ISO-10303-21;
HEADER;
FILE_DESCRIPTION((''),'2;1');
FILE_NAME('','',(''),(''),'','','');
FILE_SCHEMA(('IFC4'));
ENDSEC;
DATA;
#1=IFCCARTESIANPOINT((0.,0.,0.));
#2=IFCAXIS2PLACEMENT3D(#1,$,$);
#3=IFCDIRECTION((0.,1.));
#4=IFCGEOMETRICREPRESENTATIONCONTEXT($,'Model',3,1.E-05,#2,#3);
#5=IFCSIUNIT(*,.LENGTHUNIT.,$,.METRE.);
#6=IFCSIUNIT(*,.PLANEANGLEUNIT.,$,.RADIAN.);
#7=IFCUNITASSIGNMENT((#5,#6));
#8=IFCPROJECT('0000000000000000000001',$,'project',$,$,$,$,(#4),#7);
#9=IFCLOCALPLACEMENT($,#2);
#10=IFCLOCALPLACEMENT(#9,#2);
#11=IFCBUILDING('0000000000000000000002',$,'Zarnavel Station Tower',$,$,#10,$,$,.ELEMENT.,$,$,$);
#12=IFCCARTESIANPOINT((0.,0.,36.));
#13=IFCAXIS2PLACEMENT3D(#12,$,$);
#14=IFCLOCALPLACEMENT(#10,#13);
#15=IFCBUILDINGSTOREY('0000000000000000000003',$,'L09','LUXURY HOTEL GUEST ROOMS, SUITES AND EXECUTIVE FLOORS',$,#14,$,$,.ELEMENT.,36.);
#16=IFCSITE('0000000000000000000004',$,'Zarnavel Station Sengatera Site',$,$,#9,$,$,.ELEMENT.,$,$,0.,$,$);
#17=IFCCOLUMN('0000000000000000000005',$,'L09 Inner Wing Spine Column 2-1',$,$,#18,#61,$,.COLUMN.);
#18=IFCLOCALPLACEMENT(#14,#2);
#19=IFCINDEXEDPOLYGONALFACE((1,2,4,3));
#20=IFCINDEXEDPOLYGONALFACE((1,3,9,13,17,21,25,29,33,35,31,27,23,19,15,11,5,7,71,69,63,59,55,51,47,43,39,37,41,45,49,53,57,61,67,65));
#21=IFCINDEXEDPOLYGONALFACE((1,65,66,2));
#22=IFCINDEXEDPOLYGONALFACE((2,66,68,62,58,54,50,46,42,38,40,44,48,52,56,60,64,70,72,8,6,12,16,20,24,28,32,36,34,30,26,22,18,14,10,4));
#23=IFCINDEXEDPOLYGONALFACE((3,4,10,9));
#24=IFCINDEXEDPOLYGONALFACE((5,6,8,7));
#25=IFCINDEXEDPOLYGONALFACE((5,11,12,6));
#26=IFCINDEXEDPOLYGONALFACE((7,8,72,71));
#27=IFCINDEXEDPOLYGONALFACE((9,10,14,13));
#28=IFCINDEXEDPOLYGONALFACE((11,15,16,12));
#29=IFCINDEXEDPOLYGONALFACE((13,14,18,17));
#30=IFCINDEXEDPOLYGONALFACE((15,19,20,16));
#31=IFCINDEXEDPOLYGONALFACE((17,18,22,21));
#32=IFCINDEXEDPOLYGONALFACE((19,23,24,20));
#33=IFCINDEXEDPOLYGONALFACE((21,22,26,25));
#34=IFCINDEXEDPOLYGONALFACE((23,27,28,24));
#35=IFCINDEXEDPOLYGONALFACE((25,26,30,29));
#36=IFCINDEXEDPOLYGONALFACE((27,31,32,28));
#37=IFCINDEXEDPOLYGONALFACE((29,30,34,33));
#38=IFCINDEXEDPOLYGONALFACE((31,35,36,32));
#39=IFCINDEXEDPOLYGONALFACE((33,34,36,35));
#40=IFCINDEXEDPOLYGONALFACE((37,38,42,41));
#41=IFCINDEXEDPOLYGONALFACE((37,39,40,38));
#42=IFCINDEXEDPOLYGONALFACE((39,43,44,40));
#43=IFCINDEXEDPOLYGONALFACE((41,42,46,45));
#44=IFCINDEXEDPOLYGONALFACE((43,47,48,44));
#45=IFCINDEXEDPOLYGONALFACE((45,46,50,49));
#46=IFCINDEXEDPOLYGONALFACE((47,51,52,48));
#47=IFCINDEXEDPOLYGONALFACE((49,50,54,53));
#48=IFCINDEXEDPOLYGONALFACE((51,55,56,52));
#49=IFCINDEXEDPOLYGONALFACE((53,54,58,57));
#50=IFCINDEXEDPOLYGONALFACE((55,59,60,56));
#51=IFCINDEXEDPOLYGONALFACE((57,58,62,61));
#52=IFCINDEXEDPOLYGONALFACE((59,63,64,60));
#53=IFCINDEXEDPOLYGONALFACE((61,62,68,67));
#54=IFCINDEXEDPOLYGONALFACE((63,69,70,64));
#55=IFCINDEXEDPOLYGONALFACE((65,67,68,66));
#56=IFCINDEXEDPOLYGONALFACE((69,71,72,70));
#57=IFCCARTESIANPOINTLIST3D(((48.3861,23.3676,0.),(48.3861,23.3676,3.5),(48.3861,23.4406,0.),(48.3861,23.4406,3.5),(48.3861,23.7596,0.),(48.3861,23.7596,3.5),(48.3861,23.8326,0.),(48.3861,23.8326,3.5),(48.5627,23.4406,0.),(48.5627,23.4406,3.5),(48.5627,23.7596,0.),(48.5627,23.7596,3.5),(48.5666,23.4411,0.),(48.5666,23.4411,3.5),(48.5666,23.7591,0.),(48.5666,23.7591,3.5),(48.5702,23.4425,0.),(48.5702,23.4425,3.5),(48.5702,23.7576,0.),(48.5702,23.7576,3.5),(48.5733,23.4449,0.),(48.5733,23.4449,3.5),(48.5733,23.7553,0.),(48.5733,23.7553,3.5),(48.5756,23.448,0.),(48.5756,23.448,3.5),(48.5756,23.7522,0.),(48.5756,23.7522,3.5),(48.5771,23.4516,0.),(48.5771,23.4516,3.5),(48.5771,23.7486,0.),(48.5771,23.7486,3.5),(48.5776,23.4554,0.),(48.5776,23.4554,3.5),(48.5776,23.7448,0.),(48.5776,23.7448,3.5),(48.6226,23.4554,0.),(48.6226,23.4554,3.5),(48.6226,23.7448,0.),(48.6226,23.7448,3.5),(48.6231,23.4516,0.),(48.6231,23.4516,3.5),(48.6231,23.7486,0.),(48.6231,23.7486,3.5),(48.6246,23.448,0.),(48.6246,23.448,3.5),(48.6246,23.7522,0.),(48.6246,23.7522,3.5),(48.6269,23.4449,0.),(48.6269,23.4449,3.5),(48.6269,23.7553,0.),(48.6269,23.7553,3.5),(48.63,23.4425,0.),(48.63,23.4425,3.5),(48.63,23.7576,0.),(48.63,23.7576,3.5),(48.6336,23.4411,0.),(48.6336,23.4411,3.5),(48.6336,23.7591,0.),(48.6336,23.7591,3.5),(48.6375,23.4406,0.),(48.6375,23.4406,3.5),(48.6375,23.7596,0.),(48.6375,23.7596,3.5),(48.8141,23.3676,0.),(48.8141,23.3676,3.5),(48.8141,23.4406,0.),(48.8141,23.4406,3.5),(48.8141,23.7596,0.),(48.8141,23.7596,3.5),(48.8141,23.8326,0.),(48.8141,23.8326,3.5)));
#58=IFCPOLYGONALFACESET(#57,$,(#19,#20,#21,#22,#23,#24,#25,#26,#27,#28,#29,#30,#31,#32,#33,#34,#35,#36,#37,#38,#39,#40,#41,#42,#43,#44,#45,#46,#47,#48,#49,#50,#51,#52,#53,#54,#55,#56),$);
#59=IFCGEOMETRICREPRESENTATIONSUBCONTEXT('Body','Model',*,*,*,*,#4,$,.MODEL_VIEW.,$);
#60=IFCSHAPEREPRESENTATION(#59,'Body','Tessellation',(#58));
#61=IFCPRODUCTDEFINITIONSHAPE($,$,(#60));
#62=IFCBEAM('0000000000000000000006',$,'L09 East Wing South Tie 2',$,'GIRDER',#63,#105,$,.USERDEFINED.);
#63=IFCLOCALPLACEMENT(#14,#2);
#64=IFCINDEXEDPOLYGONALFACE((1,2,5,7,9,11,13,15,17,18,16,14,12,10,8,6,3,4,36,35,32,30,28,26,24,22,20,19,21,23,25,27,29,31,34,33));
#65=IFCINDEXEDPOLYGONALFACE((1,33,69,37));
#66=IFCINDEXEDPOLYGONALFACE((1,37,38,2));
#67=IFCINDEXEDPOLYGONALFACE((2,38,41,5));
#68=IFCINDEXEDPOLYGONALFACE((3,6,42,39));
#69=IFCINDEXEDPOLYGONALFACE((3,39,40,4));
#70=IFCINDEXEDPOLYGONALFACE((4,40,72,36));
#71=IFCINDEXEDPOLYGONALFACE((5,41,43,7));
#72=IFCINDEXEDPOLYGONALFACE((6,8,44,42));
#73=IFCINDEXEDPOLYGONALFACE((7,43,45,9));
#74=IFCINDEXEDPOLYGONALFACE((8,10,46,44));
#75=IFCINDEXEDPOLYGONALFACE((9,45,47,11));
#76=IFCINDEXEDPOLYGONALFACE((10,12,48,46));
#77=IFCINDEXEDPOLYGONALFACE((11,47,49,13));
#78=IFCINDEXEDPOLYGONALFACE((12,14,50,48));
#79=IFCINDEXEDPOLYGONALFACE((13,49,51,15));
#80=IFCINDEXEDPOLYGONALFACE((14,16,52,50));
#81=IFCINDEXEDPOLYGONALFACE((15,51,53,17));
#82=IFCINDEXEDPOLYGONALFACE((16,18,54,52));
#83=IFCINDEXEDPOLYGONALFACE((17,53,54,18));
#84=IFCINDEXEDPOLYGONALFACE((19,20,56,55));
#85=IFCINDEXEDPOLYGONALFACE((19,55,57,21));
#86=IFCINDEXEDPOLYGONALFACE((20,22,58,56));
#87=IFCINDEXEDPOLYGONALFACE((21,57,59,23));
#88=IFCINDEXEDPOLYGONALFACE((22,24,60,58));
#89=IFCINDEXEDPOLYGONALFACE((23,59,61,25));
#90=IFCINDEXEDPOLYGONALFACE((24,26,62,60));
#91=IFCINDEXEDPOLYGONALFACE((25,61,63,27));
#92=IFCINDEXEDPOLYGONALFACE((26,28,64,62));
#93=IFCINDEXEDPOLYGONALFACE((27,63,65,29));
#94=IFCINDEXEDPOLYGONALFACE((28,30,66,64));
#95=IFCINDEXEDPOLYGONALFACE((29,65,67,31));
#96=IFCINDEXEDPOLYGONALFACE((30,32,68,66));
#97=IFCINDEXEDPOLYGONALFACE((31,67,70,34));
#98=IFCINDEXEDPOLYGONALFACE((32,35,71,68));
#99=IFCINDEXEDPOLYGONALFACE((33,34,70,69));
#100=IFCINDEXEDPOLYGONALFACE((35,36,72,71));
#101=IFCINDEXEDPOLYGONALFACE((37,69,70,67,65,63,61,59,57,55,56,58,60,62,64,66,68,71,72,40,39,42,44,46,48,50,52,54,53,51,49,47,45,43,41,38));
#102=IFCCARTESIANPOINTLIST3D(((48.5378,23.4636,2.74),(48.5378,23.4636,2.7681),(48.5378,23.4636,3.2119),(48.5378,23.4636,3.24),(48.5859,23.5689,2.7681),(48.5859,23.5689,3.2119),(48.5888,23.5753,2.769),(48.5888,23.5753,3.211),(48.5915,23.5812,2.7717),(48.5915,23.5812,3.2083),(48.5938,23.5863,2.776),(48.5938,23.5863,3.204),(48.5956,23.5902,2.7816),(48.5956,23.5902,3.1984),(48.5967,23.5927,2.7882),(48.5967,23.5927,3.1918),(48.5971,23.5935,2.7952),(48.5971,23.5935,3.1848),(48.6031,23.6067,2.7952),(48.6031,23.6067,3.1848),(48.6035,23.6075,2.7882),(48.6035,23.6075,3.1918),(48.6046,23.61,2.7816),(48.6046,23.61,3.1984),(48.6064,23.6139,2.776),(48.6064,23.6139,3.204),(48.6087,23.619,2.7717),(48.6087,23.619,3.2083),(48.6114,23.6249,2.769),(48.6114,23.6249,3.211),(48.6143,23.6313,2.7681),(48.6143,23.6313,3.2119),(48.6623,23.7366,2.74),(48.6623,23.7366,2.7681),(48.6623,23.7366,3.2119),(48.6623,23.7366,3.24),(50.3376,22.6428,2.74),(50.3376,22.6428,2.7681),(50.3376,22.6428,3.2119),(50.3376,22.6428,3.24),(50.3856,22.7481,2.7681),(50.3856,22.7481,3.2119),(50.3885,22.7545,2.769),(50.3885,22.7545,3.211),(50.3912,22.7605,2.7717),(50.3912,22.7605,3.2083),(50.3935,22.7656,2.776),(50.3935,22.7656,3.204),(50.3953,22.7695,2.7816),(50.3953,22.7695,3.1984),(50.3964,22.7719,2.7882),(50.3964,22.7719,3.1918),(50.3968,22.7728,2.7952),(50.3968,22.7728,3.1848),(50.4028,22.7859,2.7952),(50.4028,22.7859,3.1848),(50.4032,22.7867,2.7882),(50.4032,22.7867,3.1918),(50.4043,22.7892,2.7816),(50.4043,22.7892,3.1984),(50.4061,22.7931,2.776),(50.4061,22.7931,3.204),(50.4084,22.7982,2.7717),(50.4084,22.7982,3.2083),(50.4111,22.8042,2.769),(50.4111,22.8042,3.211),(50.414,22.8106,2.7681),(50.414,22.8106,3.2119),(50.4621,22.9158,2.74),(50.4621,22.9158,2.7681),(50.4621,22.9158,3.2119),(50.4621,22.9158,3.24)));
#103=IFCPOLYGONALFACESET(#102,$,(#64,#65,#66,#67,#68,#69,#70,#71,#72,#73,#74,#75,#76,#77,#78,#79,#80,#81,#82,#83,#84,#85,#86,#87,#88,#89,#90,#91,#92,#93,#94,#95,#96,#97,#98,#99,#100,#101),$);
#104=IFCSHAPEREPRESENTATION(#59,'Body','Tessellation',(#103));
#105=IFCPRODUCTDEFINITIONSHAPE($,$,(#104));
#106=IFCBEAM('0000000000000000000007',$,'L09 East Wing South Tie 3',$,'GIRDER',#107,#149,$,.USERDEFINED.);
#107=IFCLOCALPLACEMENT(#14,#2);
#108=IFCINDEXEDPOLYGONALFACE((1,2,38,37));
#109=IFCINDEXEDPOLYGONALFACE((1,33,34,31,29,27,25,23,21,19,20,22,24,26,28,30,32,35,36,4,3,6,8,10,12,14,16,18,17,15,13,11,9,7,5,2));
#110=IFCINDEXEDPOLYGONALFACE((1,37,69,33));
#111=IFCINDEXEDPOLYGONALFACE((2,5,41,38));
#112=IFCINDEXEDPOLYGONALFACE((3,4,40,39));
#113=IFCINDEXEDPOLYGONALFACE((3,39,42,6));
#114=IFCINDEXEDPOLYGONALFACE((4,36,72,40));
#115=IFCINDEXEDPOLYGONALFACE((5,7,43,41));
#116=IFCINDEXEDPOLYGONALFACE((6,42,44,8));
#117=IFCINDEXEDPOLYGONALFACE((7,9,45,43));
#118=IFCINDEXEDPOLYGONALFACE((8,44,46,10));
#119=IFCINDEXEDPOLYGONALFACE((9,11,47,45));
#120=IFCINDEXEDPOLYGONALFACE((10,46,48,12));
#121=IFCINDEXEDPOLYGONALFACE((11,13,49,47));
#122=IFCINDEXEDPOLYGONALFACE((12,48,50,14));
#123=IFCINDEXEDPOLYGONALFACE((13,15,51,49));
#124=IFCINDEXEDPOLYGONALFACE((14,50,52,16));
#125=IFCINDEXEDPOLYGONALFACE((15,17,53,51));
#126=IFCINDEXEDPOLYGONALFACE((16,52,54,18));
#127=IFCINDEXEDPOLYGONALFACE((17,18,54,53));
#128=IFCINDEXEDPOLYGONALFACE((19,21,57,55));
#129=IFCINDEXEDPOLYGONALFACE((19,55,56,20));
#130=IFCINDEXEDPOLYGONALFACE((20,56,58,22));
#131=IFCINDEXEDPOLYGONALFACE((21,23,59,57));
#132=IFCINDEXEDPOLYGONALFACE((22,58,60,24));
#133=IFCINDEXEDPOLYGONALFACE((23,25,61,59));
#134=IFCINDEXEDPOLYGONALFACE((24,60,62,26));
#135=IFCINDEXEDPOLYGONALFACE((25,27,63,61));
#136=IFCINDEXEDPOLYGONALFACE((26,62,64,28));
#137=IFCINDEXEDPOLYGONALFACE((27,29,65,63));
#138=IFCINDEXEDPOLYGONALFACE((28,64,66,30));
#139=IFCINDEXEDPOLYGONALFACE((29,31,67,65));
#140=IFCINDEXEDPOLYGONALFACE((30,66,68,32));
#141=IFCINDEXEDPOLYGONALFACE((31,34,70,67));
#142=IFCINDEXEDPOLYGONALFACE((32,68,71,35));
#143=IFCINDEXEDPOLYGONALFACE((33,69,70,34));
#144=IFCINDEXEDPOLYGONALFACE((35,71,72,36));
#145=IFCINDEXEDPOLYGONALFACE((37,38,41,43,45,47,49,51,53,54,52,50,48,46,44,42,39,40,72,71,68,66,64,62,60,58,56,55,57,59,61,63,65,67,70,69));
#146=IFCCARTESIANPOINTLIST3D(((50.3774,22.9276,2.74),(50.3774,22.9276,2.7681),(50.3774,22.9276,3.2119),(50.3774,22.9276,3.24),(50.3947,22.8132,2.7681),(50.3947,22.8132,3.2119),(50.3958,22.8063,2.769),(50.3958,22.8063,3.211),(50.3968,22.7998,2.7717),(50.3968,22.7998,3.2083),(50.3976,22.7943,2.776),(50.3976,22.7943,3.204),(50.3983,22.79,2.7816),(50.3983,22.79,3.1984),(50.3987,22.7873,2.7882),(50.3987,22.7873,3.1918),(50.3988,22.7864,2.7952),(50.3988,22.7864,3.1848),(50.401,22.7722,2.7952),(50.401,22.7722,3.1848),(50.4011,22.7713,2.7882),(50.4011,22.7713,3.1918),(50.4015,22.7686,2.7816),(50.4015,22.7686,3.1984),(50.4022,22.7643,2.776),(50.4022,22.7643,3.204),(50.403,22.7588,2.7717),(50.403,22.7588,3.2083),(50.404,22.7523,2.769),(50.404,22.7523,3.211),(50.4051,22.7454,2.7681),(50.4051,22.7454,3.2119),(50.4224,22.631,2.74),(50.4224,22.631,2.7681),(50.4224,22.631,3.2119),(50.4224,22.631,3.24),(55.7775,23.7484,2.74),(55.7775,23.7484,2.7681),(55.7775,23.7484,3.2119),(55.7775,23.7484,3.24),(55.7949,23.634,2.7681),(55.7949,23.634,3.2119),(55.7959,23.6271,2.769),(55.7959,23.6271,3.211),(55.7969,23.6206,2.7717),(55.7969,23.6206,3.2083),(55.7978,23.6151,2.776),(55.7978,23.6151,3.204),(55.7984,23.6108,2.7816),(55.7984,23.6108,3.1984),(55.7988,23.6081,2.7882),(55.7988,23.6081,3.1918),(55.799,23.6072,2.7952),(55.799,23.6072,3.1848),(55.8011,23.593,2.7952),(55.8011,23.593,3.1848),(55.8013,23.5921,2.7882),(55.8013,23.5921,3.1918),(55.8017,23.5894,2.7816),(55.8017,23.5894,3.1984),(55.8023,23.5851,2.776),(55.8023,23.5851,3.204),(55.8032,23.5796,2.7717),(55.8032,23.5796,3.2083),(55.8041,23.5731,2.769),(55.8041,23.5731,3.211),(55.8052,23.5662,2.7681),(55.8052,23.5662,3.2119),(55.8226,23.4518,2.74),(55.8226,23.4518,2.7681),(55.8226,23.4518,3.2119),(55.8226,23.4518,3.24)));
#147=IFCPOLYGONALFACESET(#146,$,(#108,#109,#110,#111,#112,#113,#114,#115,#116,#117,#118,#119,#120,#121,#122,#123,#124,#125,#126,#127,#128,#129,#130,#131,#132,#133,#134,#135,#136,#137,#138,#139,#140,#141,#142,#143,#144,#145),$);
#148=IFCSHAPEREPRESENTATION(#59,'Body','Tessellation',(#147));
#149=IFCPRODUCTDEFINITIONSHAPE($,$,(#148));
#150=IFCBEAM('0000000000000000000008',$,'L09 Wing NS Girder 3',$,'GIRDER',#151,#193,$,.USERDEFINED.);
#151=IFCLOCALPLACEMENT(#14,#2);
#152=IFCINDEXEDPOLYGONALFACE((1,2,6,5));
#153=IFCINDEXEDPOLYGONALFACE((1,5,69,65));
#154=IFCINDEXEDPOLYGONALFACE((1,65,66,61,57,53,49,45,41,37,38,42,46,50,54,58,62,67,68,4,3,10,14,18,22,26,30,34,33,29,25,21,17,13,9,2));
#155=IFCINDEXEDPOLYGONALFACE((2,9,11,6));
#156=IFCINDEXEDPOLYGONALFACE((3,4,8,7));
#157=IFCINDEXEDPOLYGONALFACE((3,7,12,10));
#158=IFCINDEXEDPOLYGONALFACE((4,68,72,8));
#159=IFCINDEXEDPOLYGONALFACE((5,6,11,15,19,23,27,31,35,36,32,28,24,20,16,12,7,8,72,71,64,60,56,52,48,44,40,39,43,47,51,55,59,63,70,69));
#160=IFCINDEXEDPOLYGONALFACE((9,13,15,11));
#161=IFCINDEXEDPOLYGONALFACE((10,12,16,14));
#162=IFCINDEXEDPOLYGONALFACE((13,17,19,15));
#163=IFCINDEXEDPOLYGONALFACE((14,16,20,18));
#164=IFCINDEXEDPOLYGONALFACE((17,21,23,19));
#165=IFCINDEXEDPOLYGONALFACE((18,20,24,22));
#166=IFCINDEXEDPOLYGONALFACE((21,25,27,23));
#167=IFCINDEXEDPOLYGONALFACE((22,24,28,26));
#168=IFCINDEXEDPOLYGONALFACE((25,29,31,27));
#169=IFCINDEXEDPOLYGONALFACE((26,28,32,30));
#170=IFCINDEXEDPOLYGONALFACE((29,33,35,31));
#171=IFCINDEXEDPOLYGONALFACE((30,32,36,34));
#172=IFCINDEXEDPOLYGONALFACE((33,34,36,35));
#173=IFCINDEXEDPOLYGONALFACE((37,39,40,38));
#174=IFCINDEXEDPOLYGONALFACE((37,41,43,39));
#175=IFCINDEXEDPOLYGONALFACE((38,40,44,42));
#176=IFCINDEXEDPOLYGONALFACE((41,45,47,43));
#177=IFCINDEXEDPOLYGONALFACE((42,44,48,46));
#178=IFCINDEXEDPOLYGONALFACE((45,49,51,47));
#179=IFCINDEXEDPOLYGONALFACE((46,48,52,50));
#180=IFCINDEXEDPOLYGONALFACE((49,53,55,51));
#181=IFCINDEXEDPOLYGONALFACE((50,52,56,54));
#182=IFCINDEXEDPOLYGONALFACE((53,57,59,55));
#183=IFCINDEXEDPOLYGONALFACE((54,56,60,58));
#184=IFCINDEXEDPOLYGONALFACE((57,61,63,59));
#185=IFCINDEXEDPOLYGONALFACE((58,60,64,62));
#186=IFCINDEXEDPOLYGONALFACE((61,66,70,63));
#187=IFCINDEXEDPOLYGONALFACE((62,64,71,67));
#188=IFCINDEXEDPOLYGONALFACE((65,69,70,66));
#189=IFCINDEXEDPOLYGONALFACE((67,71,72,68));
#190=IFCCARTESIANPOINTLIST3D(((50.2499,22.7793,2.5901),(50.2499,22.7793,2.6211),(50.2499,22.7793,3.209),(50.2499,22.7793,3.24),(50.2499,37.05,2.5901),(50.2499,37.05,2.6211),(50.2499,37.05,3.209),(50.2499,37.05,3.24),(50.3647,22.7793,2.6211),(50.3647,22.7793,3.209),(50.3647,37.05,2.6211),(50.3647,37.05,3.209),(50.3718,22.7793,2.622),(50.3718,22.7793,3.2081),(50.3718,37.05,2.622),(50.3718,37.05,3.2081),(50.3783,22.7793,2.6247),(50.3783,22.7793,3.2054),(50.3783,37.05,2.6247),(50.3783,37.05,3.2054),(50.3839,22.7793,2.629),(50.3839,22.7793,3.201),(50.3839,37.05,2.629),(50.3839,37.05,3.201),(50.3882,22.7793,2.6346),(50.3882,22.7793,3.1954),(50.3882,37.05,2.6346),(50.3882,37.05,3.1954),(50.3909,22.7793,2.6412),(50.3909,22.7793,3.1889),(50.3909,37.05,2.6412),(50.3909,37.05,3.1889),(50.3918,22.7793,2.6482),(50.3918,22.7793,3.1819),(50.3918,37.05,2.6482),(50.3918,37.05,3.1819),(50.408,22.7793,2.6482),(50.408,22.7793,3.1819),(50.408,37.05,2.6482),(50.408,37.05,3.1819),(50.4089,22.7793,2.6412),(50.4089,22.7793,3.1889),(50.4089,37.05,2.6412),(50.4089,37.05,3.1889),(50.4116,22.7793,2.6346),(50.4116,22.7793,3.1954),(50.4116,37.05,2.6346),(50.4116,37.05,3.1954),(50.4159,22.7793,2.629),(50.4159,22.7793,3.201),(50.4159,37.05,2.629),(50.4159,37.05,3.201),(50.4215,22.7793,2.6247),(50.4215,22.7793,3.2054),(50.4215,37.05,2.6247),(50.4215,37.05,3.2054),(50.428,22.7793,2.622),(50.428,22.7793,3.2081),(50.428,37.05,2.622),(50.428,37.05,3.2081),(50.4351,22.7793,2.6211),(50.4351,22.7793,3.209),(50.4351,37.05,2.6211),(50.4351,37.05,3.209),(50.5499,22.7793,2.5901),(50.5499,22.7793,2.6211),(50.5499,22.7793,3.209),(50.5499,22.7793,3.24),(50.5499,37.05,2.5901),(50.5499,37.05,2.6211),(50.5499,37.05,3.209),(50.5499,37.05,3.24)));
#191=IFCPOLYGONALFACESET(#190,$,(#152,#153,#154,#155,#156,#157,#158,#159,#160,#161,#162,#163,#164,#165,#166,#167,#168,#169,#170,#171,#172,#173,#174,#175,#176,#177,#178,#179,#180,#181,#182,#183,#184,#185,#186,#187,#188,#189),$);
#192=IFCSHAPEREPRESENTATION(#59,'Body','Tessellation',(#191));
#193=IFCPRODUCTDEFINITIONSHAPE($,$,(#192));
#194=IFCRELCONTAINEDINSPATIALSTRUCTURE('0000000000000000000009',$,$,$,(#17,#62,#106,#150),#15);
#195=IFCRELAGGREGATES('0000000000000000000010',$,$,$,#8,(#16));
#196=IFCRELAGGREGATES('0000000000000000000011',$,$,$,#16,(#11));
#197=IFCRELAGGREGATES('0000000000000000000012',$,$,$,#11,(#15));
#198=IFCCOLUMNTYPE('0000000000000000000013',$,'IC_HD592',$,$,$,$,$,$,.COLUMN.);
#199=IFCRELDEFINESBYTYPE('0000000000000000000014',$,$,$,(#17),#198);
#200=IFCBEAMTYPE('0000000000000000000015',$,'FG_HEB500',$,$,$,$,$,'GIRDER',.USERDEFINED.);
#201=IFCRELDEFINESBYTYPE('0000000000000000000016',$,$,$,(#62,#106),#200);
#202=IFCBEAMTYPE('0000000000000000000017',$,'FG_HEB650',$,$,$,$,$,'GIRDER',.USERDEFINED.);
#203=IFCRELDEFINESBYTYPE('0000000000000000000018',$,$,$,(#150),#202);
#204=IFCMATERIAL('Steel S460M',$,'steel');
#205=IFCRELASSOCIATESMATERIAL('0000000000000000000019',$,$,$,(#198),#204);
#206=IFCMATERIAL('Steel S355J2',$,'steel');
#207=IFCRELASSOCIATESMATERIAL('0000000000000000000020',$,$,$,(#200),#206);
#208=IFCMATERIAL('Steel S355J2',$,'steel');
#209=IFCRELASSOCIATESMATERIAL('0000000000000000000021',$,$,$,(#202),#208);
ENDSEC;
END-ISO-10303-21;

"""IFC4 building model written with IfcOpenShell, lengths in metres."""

from ifc_helpers import new_model, si_unit, direction, frame, origin, origin_2d, place, context, subcontext, project, spatial, i_section, extrude, material, material_profile, profile_set, type_object, element, save


model = new_model("IFC4")

# Units and contexts
model_context = context("Model", 3, precision=1e-05, world=origin(), true_north=direction((0.0, 1.0)))
body_context = subcontext(model_context, "Body", "Model", "MODEL_VIEW")
ifc_project = project(units=[si_unit("LENGTHUNIT", "METRE"), si_unit("PLANEANGLEUNIT", "RADIAN")], contexts=[model_context])

# Site, building, storey
site_placement = place(None, origin())
site = spatial("IfcSite", under=ifc_project, at=site_placement, Name="Zarnavel Station Sengatera Site", CompositionType="ELEMENT", RefElevation=0.0)
building_placement = place(site_placement, origin())
building = spatial("IfcBuilding", under=site, at=building_placement, Name="Zarnavel Station Tower", CompositionType="ELEMENT")
storey_placement = place(building_placement, frame((0.0, 0.0, 36.0)))
storey = spatial("IfcBuildingStorey", under=building, at=storey_placement, Name="L09", Description="LUXURY HOTEL GUEST ROOMS, SUITES AND EXECUTIVE FLOORS", CompositionType="ELEMENT", Elevation=36.0)

# Column
ifc_material_1 = material(Name="Steel S460M", Category="steel")
ifc_material_profile_1 = material_profile(ifc_material_1, i_section(OverallWidth=0.428, OverallDepth=0.4651, WebThickness=0.0449, FlangeThickness=0.073, FilletRadius=0.0149, at=origin_2d()), Name="HD400x592")
ifc_profile_set_1 = profile_set([ifc_material_profile_1], Name="Steel S460M")
column_type = type_object("IfcColumnType", Name="IC_HD592", PredefinedType="COLUMN", material=ifc_profile_set_1)
column_placement = place(storey_placement, frame((48.6001, 23.6001, 0.0), z_axis=(0.0, 0.0, 1.0), x_axis=(1.0, 0.0, 0.0)))
element("IfcColumn", 1, at=column_placement, inside=storey, type_object=column_type, Name="L09 Inner Wing Spine Column 2-1", PredefinedType="COLUMN", context=body_context, shape_type="SweptSolid", body=[
    extrude(i_section(OverallWidth=0.428, OverallDepth=0.4651, WebThickness=0.0449, FlangeThickness=0.073, FilletRadius=0.0149, at=origin_2d()), origin(), (0.0, 0.0, 1.0), 3.5),
])

# Beams
ifc_material_2 = material(Name="Steel S355J2", Category="steel")
ifc_material_profile_2 = material_profile(ifc_material_2, i_section(OverallWidth=0.3, OverallDepth=0.5, WebThickness=0.0144, FlangeThickness=0.0281, FilletRadius=0.0271, at=origin_2d()), Name="HEB500")
ifc_profile_set_2 = profile_set([ifc_material_profile_2], Name="Steel S355J2")
beam_type_1 = type_object("IfcBeamType", Name="FG_HEB500", ElementType="GIRDER", PredefinedType="USERDEFINED", material=ifc_profile_set_2)
beam_1_placement = place(storey_placement, frame((48.6001, 23.6001, 2.99), z_axis=(0.90985, -0.414937, 0.0), x_axis=(0.414937, 0.90985, 0.0)))
element("IfcBeam", 2, at=beam_1_placement, inside=storey, type_object=beam_type_1, Name="L09 East Wing South Tie 2", ObjectType="GIRDER", PredefinedType="USERDEFINED", context=body_context, shape_type="SweptSolid", body=[
    extrude(i_section(OverallWidth=0.3, OverallDepth=0.5, WebThickness=0.0144, FlangeThickness=0.0281, FilletRadius=0.0271, at=origin_2d()), origin(), (0.0, 0.0, 1.0), 1.978),
])
beam_2_placement = place(storey_placement, frame((50.3999, 22.7793, 2.99), z_axis=(0.988645, 0.15027, 0.0), x_axis=(-0.15027, 0.988645, 0.0)))
element("IfcBeam", 3, at=beam_2_placement, inside=storey, type_object=beam_type_1, Name="L09 East Wing South Tie 3", ObjectType="GIRDER", PredefinedType="USERDEFINED", context=body_context, shape_type="SweptSolid", body=[
    extrude(i_section(OverallWidth=0.3, OverallDepth=0.5, WebThickness=0.0144, FlangeThickness=0.0281, FilletRadius=0.0271, at=origin_2d()), origin(), (0.0, 0.0, 1.0), 5.4622),
])
ifc_material_3 = material(Name="Steel S355J2", Category="steel")
ifc_material_profile_3 = material_profile(ifc_material_3, i_section(OverallWidth=0.3, OverallDepth=0.6499, WebThickness=0.0161, FlangeThickness=0.031, FilletRadius=0.0271, at=origin_2d()), Name="HEB650")
ifc_profile_set_3 = profile_set([ifc_material_profile_3], Name="Steel S355J2")
beam_type_2 = type_object("IfcBeamType", Name="FG_HEB650", ElementType="GIRDER", PredefinedType="USERDEFINED", material=ifc_profile_set_3)
beam_3_placement = place(storey_placement, frame((50.3999, 22.7793, 2.915), z_axis=(0.0, 1.0, 0.0), x_axis=(-1.0, 0.0, 0.0)))
element("IfcBeam", 4, at=beam_3_placement, inside=storey, type_object=beam_type_2, Name="L09 Wing NS Girder 3", ObjectType="GIRDER", PredefinedType="USERDEFINED", context=body_context, shape_type="SweptSolid", body=[
    extrude(i_section(OverallWidth=0.3, OverallDepth=0.6499, WebThickness=0.0161, FlangeThickness=0.031, FilletRadius=0.0271, at=origin_2d()), origin(), (0.0, 0.0, 1.0), 14.2708),
])

save(model, "model.ifc")
